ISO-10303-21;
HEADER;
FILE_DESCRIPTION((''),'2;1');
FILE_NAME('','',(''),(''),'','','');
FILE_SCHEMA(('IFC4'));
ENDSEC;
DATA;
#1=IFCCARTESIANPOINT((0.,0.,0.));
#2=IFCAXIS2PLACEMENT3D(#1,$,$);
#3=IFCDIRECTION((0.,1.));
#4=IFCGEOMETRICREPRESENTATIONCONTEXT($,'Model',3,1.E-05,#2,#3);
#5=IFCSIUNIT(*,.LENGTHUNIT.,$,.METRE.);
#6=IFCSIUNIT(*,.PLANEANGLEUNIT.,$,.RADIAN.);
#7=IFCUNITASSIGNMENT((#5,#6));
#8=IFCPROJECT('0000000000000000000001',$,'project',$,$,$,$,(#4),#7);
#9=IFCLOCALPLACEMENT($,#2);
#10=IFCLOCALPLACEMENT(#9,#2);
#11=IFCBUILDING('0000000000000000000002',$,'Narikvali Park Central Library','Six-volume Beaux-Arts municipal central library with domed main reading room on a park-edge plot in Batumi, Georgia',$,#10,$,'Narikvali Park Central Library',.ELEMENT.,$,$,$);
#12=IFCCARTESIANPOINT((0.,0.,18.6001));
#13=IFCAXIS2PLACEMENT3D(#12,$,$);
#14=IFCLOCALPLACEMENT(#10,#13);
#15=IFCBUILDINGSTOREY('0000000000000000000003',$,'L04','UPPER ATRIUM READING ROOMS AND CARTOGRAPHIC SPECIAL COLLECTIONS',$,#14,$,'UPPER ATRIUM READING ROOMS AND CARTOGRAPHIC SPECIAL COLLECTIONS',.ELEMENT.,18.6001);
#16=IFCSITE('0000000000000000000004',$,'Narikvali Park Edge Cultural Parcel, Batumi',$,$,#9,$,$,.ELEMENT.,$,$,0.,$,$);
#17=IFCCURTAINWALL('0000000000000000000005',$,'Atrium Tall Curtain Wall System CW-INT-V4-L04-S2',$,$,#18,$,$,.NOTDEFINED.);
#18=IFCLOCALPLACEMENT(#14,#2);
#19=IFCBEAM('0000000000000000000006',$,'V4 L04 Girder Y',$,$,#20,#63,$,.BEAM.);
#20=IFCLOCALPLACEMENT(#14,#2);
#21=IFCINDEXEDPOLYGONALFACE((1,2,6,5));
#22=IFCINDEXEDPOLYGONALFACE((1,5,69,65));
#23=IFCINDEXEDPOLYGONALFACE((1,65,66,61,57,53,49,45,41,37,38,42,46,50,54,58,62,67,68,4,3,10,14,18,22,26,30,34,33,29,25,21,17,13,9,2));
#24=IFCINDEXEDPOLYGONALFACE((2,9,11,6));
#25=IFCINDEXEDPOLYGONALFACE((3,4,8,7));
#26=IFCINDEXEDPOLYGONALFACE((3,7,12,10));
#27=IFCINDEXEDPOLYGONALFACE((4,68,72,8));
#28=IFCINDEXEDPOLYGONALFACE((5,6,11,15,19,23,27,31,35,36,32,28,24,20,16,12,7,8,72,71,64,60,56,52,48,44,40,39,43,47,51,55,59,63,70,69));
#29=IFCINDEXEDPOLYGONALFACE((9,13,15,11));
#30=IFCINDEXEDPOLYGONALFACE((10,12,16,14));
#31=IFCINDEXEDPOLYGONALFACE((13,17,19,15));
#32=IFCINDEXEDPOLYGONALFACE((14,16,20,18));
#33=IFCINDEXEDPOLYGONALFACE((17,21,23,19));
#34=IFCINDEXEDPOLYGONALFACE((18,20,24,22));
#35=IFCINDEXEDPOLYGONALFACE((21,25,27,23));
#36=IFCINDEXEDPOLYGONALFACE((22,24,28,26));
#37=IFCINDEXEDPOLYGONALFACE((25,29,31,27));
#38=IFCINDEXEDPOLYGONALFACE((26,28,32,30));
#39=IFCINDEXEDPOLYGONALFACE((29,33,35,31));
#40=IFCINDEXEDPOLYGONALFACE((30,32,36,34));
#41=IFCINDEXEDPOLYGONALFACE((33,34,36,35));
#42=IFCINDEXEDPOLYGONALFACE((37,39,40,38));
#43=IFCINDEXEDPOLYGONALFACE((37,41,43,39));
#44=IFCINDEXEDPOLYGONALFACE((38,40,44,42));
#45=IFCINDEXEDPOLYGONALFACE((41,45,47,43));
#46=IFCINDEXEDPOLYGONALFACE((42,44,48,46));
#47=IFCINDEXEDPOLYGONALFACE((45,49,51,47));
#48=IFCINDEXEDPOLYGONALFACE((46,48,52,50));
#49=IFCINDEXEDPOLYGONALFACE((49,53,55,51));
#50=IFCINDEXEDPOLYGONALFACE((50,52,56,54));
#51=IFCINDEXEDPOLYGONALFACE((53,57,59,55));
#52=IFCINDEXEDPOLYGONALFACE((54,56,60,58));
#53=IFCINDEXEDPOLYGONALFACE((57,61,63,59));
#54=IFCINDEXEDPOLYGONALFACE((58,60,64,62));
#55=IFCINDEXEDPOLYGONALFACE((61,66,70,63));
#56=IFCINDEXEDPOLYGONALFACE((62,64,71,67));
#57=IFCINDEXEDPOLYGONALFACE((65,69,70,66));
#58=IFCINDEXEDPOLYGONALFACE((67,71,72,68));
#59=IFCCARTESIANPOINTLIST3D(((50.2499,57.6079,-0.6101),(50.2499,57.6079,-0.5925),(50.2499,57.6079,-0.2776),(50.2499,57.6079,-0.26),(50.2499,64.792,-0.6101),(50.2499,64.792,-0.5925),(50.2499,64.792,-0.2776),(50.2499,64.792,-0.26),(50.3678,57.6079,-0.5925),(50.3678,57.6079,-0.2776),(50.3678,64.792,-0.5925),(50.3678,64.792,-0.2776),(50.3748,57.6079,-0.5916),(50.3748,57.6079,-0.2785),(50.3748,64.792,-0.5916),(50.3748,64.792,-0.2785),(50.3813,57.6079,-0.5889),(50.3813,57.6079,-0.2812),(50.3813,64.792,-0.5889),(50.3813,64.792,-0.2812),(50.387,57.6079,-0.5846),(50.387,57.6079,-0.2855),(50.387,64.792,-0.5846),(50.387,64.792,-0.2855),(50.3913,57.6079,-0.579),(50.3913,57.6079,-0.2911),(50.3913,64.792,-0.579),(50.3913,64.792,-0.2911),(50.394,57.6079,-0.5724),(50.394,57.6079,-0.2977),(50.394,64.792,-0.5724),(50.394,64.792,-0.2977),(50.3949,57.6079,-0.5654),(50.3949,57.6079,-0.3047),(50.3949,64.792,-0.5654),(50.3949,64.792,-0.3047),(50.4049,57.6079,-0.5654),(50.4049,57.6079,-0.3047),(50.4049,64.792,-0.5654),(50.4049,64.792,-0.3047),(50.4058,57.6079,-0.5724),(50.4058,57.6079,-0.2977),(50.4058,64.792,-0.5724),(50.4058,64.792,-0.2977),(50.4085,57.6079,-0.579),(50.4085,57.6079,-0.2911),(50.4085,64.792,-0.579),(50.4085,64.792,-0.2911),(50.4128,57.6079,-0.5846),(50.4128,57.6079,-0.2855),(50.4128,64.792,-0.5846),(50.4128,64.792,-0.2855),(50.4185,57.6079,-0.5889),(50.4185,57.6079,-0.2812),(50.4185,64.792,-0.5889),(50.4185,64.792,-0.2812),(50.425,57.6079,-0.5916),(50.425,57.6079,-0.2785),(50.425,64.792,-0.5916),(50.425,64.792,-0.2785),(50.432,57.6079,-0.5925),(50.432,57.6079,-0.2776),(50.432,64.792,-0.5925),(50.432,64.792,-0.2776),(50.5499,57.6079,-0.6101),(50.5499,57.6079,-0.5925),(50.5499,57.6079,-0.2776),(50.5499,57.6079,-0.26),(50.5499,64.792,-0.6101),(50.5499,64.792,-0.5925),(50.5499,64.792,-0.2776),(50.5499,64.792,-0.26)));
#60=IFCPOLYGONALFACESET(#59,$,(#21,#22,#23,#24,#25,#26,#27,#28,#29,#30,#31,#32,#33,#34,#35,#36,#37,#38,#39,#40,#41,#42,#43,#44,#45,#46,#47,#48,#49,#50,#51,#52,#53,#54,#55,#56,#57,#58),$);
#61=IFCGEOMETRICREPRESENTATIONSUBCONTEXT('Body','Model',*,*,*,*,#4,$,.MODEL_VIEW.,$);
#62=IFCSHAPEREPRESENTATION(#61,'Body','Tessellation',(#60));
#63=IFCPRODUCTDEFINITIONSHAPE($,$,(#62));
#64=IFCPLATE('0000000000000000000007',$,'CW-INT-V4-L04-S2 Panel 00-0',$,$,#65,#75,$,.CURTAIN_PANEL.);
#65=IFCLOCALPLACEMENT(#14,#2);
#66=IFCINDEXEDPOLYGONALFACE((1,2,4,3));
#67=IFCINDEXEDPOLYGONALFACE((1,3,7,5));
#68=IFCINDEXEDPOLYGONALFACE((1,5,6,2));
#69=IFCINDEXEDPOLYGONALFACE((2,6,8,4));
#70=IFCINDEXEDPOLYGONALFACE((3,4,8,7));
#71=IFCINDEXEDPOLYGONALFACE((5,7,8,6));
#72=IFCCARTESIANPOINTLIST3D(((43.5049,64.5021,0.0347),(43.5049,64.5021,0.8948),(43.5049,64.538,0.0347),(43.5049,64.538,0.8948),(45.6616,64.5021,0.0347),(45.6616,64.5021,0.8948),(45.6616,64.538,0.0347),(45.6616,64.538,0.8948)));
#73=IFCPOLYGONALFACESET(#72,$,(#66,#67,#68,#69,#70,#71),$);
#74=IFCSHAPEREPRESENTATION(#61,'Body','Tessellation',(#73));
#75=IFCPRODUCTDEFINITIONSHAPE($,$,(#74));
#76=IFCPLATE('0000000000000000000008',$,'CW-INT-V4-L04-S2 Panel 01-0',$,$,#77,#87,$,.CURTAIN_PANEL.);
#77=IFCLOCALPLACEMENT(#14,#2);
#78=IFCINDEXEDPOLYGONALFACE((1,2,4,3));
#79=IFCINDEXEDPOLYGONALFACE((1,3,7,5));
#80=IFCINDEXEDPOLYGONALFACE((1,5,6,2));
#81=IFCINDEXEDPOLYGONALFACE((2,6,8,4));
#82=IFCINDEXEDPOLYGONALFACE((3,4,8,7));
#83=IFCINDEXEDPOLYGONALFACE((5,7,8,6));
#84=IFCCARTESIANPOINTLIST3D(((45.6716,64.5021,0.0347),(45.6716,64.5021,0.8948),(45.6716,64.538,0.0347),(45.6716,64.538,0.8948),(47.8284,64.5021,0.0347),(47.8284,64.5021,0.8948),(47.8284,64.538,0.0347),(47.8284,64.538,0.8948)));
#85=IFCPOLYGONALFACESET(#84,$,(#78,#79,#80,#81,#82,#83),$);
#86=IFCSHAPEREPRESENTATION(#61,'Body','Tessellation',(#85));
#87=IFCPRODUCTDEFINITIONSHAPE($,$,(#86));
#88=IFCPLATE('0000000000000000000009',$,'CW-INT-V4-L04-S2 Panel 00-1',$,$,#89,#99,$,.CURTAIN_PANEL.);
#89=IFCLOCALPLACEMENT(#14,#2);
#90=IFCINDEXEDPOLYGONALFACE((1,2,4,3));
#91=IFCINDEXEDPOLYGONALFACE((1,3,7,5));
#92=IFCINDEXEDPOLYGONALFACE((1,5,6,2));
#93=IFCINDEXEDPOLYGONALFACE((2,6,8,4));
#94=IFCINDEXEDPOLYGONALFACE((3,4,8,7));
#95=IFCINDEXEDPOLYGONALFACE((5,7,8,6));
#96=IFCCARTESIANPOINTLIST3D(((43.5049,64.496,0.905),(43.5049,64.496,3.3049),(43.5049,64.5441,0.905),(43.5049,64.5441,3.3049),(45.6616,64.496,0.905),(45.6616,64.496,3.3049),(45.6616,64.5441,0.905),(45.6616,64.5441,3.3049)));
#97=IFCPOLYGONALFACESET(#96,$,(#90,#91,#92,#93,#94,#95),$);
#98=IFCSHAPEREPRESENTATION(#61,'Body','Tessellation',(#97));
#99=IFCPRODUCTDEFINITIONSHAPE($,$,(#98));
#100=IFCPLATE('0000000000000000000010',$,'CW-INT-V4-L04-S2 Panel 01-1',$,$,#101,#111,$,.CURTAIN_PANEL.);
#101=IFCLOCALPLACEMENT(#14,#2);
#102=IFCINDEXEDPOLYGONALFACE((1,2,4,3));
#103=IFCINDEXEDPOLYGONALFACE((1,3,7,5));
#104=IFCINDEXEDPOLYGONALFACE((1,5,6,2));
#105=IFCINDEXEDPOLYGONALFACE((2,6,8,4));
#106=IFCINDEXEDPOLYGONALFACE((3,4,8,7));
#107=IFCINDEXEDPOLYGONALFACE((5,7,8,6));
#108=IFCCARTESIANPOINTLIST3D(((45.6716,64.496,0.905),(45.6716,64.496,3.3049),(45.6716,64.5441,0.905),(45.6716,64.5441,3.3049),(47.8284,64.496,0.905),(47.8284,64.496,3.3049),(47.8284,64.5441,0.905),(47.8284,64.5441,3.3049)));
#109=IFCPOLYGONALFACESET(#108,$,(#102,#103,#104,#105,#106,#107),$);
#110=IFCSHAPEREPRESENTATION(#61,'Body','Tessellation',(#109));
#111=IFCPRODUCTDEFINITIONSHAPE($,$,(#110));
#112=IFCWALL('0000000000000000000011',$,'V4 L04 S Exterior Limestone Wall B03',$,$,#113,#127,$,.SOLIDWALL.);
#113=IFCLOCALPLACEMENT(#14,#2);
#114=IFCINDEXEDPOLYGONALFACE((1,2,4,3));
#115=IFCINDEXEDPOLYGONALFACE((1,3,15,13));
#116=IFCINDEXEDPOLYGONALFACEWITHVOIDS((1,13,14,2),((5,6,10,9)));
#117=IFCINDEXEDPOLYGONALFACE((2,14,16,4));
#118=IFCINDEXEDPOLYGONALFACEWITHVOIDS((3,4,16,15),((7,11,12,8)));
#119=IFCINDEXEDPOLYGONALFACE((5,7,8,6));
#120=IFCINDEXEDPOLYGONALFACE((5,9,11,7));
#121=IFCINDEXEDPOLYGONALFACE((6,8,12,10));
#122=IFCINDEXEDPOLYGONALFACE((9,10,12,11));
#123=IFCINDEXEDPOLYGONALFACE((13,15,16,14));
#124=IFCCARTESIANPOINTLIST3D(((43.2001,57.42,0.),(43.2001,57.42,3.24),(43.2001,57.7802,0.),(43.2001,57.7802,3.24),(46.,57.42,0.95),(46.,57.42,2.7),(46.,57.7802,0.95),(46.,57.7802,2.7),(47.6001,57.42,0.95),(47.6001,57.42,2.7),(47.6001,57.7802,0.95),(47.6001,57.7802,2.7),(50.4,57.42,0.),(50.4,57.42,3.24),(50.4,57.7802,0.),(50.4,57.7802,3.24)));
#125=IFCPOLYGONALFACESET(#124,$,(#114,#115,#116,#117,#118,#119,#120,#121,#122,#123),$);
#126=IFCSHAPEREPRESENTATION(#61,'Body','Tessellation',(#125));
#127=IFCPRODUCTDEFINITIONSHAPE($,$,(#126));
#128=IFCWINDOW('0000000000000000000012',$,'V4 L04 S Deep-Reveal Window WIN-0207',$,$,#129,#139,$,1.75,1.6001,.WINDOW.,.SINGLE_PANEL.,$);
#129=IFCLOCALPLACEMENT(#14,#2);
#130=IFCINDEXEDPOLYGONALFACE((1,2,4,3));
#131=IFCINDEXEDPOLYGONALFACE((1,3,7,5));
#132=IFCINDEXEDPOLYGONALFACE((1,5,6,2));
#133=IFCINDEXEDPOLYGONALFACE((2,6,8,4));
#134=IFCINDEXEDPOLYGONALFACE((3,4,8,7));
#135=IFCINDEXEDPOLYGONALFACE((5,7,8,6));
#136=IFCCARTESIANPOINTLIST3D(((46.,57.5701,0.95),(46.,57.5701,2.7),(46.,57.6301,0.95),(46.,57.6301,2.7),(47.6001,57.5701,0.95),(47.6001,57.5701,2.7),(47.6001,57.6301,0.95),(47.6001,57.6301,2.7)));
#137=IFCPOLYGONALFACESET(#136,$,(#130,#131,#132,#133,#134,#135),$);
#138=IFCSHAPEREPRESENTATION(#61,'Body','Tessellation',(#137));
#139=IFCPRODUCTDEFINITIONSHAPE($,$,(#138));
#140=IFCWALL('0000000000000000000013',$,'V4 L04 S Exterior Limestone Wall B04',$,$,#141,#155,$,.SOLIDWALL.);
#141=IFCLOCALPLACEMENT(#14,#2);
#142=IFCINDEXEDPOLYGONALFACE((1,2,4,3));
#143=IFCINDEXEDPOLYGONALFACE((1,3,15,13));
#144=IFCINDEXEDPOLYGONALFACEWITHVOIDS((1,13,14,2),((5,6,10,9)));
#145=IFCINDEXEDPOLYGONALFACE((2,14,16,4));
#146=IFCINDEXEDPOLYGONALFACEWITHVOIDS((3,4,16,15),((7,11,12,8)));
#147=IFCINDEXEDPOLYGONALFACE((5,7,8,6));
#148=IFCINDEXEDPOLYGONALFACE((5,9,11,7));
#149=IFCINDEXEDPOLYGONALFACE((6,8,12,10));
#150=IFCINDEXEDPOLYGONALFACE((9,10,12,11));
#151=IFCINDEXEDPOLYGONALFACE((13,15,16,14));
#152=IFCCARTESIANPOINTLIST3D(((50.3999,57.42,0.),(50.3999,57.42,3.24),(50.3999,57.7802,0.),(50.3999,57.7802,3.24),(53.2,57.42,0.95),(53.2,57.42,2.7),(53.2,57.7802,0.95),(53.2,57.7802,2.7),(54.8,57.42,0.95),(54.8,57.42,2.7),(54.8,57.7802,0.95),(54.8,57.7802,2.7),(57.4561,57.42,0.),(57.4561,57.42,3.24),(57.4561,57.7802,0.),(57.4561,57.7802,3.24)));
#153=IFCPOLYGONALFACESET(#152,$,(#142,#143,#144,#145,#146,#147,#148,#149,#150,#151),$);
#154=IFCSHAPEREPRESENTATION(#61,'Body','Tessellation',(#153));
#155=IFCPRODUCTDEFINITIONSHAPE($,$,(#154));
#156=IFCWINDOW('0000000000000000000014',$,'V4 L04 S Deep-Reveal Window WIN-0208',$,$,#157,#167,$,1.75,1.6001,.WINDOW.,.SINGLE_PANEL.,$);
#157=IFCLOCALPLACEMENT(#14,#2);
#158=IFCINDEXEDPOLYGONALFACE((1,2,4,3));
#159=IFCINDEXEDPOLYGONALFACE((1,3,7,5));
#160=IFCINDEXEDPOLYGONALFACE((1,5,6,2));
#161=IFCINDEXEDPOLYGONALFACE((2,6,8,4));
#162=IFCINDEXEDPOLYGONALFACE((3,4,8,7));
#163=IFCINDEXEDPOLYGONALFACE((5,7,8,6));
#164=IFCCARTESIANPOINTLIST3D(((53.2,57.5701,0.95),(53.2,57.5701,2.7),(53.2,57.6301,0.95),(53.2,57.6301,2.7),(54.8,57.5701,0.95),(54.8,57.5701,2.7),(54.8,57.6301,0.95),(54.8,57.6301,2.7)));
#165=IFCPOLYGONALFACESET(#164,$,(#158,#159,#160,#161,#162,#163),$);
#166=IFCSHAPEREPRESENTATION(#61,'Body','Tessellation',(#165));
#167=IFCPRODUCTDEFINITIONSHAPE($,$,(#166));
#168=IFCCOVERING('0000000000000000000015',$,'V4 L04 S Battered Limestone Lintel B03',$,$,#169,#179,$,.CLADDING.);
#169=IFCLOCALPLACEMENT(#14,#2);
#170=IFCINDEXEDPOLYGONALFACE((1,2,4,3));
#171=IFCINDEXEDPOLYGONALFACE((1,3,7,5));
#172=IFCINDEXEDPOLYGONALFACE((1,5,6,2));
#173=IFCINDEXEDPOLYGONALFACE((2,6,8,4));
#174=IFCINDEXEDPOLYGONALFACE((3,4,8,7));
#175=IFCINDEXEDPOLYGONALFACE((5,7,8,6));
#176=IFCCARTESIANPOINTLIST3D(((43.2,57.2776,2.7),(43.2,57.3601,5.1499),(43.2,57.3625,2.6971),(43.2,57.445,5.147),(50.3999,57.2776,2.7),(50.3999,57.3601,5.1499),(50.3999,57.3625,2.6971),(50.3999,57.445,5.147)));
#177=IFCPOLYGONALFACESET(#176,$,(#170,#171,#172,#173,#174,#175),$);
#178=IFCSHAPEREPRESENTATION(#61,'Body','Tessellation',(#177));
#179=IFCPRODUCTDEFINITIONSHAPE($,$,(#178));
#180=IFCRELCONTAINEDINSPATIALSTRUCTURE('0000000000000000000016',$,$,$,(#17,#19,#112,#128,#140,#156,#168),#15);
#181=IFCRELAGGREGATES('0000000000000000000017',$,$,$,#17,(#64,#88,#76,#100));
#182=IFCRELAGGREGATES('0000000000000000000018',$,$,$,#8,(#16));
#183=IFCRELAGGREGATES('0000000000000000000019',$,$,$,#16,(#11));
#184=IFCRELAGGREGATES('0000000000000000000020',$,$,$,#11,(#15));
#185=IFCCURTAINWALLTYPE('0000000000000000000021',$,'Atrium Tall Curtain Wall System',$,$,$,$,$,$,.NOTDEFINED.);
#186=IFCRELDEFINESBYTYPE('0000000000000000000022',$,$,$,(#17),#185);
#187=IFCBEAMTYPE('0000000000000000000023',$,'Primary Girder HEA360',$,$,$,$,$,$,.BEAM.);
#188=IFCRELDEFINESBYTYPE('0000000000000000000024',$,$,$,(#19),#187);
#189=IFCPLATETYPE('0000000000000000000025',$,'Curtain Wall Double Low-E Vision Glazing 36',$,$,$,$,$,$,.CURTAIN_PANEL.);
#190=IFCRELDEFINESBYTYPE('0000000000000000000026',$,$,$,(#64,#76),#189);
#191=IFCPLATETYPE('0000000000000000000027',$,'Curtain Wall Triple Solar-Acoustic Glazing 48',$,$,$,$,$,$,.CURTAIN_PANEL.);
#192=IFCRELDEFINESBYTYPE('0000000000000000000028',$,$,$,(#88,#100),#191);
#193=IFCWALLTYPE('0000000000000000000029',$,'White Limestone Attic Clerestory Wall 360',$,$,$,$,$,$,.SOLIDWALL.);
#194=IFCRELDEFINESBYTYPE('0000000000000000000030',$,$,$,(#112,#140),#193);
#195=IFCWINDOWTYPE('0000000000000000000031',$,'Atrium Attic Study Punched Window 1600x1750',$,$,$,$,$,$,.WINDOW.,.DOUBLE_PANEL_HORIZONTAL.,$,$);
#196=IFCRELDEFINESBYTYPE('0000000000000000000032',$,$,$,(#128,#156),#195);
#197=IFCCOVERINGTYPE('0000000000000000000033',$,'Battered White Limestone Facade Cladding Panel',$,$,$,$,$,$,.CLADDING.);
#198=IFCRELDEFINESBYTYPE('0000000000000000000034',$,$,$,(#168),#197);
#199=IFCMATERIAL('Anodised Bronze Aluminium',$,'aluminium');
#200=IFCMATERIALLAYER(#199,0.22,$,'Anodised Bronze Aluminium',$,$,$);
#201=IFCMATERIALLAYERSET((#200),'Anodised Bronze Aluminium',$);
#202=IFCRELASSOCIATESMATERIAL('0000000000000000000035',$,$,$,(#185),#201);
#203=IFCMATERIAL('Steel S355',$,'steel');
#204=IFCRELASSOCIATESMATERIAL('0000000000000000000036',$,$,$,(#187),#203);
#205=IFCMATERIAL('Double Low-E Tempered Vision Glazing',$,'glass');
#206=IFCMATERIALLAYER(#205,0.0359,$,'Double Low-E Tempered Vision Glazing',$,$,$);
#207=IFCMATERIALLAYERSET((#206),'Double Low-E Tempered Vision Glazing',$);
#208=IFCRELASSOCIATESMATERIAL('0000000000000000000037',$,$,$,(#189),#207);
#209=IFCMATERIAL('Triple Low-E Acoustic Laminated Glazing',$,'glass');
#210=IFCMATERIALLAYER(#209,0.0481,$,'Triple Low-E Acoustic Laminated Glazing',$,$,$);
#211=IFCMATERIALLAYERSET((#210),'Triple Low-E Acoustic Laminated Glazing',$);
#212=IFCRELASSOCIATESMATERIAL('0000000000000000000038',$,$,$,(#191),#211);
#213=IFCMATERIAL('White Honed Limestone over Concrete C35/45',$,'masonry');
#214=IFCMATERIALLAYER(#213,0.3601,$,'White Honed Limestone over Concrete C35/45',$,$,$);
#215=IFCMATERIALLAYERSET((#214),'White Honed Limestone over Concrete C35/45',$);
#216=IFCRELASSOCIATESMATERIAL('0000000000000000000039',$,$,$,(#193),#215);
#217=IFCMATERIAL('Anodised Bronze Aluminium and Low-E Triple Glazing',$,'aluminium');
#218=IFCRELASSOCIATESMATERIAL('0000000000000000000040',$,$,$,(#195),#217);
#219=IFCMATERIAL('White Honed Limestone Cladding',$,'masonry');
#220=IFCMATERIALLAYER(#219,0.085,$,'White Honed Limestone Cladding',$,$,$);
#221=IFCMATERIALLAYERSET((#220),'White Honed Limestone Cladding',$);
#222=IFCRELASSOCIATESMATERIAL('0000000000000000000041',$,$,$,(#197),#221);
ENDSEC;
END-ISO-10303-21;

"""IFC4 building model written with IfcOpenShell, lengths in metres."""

from ifc_helpers import new_model, si_unit, direction, frame, frame_2d, origin, origin_2d, place, context, subcontext, project, spatial, polyline, rectangle, i_section, outline, extrude, material, layer, layer_set, material_profile, profile_set, type_object, element, fill, aggregate, save


model = new_model("IFC4")

# Units and contexts
model_context = context("Model", 3, precision=1e-05, world=origin(), true_north=direction((0.0, 1.0)))
body_context = subcontext(model_context, "Body", "Model", "MODEL_VIEW")
ifc_project = project(units=[si_unit("LENGTHUNIT", "METRE"), si_unit("PLANEANGLEUNIT", "RADIAN")], contexts=[model_context])

# Site, building, storey
site_placement = place(None, origin())
site = spatial("IfcSite", under=ifc_project, at=site_placement, Name="Narikvali Park Edge Cultural Parcel, Batumi", CompositionType="ELEMENT", RefElevation=0.0)
building_placement = place(site_placement, origin())
building = spatial("IfcBuilding", under=site, at=building_placement, Name="Narikvali Park Central Library", Description="Six-volume Beaux-Arts municipal central library with domed main reading room on a park-edge plot in Batumi, Georgia", LongName="Narikvali Park Central Library", CompositionType="ELEMENT")
storey_placement = place(building_placement, frame((0.0, 0.0, 18.6001)))
storey = spatial("IfcBuildingStorey", under=building, at=storey_placement, Name="L04", Description="UPPER ATRIUM READING ROOMS AND CARTOGRAPHIC SPECIAL COLLECTIONS", LongName="UPPER ATRIUM READING ROOMS AND CARTOGRAPHIC SPECIAL COLLECTIONS", CompositionType="ELEMENT", Elevation=18.6001)

# Shared definitions
ifc_material_1 = material(Name="Steel S355", Category="steel")

# Curtain wall
ifc_material_2 = material(Name="Anodised Bronze Aluminium", Category="aluminium")
ifc_layer_1 = layer(ifc_material_2, 0.22, Name="Anodised Bronze Aluminium")
ifc_layer_set_1 = layer_set([ifc_layer_1], Name="Anodised Bronze Aluminium")
curtain_wall_type = type_object("IfcCurtainWallType", Name="Atrium Tall Curtain Wall System", PredefinedType="NOTDEFINED", material=ifc_layer_set_1)
curtain_wall_placement = place(storey_placement, origin())
curtain_wall = element("IfcCurtainWall", 1, at=curtain_wall_placement, inside=storey, type_object=curtain_wall_type, Name="Atrium Tall Curtain Wall System CW-INT-V4-L04-S2", PredefinedType="NOTDEFINED")

# Beam
ifc_material_profile_1 = material_profile(ifc_material_1, i_section(OverallWidth=0.3, OverallDepth=0.3501, WebThickness=0.01, FlangeThickness=0.0176, FilletRadius=0.0271, at=origin_2d()), Name="HEA 360")
ifc_profile_set_1 = profile_set([ifc_material_profile_1], Name="Steel S355")
beam_type_1 = type_object("IfcBeamType", Name="Primary Girder HEA360", PredefinedType="BEAM", material=ifc_profile_set_1)
for number, where, z_axis, x_axis, name in (
    (2, (50.3999, 57.6079, -0.4351), (0.0, 1.0, 0.0), (-1.0, 0.0, 0.0), "V4 L04 Girder Y"),
):
    element("IfcBeam", number, at=place(storey_placement, frame(where, z_axis=z_axis, x_axis=x_axis)), inside=storey, type_object=beam_type_1, Name=name, PredefinedType="BEAM", context=body_context, shape_type="SweptSolid", body=[
        extrude(i_section(OverallWidth=0.3, OverallDepth=0.3501, WebThickness=0.01, FlangeThickness=0.0176, FilletRadius=0.0271, at=origin_2d()), origin(), (0.0, 0.0, 1.0), 7.1841),
    ])

# Plates
ifc_material_3 = material(Name="Double Low-E Tempered Vision Glazing", Category="glass")
ifc_layer_2 = layer(ifc_material_3, 0.0359, Name="Double Low-E Tempered Vision Glazing")
ifc_layer_set_2 = layer_set([ifc_layer_2], Name="Double Low-E Tempered Vision Glazing")
plate_type_1 = type_object("IfcPlateType", Name="Curtain Wall Double Low-E Vision Glazing 36", PredefinedType="CURTAIN_PANEL", material=ifc_layer_set_2)
plate_1_placement = place(storey_placement, frame((44.5833, 64.52, 0.0347), z_axis=(0.0, 0.0, 1.0), x_axis=(1.0, 0.0, 0.0)))
plate_1 = element("IfcPlate", 3, at=plate_1_placement, type_object=plate_type_1, Name="CW-INT-V4-L04-S2 Panel 00-0", PredefinedType="CURTAIN_PANEL", context=body_context, shape_type="SweptSolid", body=[
    extrude(rectangle(XDim=2.1567, YDim=0.0359, at=origin_2d()), origin(), (0.0, 0.0, 1.0), 0.8601),
])
plate_2_placement = place(storey_placement, frame((46.75, 64.52, 0.0347), z_axis=(0.0, 0.0, 1.0), x_axis=(1.0, 0.0, 0.0)))
plate_2 = element("IfcPlate", 4, at=plate_2_placement, type_object=plate_type_1, Name="CW-INT-V4-L04-S2 Panel 01-0", PredefinedType="CURTAIN_PANEL", context=body_context, shape_type="SweptSolid", body=[
    extrude(rectangle(XDim=2.1567, YDim=0.0359, at=origin_2d()), origin(), (0.0, 0.0, 1.0), 0.8601),
])
ifc_material_4 = material(Name="Triple Low-E Acoustic Laminated Glazing", Category="glass")
ifc_layer_3 = layer(ifc_material_4, 0.0481, Name="Triple Low-E Acoustic Laminated Glazing")
ifc_layer_set_3 = layer_set([ifc_layer_3], Name="Triple Low-E Acoustic Laminated Glazing")
plate_type_2 = type_object("IfcPlateType", Name="Curtain Wall Triple Solar-Acoustic Glazing 48", PredefinedType="CURTAIN_PANEL", material=ifc_layer_set_3)
plate_3_placement = place(storey_placement, frame((44.5833, 64.52, 0.905), z_axis=(0.0, 0.0, 1.0), x_axis=(1.0, 0.0, 0.0)))
plate_3 = element("IfcPlate", 5, at=plate_3_placement, type_object=plate_type_2, Name="CW-INT-V4-L04-S2 Panel 00-1", PredefinedType="CURTAIN_PANEL", context=body_context, shape_type="SweptSolid", body=[
    extrude(rectangle(XDim=2.1567, YDim=0.0481, at=origin_2d()), origin(), (0.0, 0.0, 1.0), 2.3999),
])
plate_4_placement = place(storey_placement, frame((46.75, 64.52, 0.905), z_axis=(0.0, 0.0, 1.0), x_axis=(1.0, 0.0, 0.0)))
plate_4 = element("IfcPlate", 6, at=plate_4_placement, type_object=plate_type_2, Name="CW-INT-V4-L04-S2 Panel 01-1", PredefinedType="CURTAIN_PANEL", context=body_context, shape_type="SweptSolid", body=[
    extrude(rectangle(XDim=2.1567, YDim=0.0481, at=origin_2d()), origin(), (0.0, 0.0, 1.0), 2.3999),
])
aggregate(curtain_wall, [plate_1, plate_3, plate_2, plate_4])

# Walls, openings, windows
ifc_material_5 = material(Name="White Honed Limestone over Concrete C35/45", Category="masonry")
ifc_layer_4 = layer(ifc_material_5, 0.3601, Name="White Honed Limestone over Concrete C35/45")
ifc_layer_set_4 = layer_set([ifc_layer_4], Name="White Honed Limestone over Concrete C35/45")
wall_type = type_object("IfcWallType", Name="White Limestone Attic Clerestory Wall 360", PredefinedType="SOLIDWALL", material=ifc_layer_set_4)
wall_1_placement = place(storey_placement, frame((43.2, 57.6001, 0.0), z_axis=(0.0, 0.0, 1.0), x_axis=(1.0, 0.0, 0.0)))
wall_1 = element("IfcWall", 7, at=wall_1_placement, inside=storey, type_object=wall_type, Name="V4 L04 S Exterior Limestone Wall B03", PredefinedType="SOLIDWALL", context=body_context, shape_type="SweptSolid", body=[
    extrude(rectangle(XDim=7.2, YDim=0.3601, at=frame_2d((3.6001, 0.0))), origin(), (0.0, 0.0, 1.0), 3.24),
])
opening_1_placement = place(wall_1_placement, frame((2.8, 0.0, 0.95)))
opening_1 = element("IfcOpeningElement", 8, at=opening_1_placement, cuts=wall_1, PredefinedType="OPENING", context=body_context, shape_type="SweptSolid", body=[
    extrude(rectangle(XDim=1.6001, YDim=1.75, at=frame_2d((0.8, 0.875))), frame((0.0, 0.1919, 0.0), z_axis=(0.0, -1.0, 0.0), x_axis=(1.0, 0.0, 0.0)), (0.0, 0.0, 1.0), 0.384),
])
ifc_material_6 = material(Name="Anodised Bronze Aluminium and Low-E Triple Glazing", Category="aluminium")
window_type = type_object("IfcWindowType", Name="Atrium Attic Study Punched Window 1600x1750", PartitioningType="DOUBLE_PANEL_HORIZONTAL", PredefinedType="WINDOW", material=ifc_material_6)
window_1_placement = place(opening_1_placement, origin())
window_1 = element("IfcWindow", 9, at=window_1_placement, inside=storey, type_object=window_type, Name="V4 L04 S Deep-Reveal Window WIN-0207", OverallHeight=1.75, OverallWidth=1.6001, PartitioningType="SINGLE_PANEL", PredefinedType="WINDOW", context=body_context, shape_type="SweptSolid", body=[
    extrude(rectangle(XDim=1.6001, YDim=1.75, at=frame_2d((0.8, 0.875))), frame((0.0, 0.03, 0.0), z_axis=(0.0, -1.0, 0.0), x_axis=(1.0, 0.0, 0.0)), (0.0, 0.0, 1.0), 0.0601),
])
fill(opening_1, window_1)
wall_2_placement = place(storey_placement, frame((50.3999, 57.6001, 0.0), z_axis=(0.0, 0.0, 1.0), x_axis=(1.0, 0.0, 0.0)))
wall_2 = element("IfcWall", 10, at=wall_2_placement, inside=storey, type_object=wall_type, Name="V4 L04 S Exterior Limestone Wall B04", PredefinedType="SOLIDWALL", context=body_context, shape_type="SweptSolid", body=[
    extrude(rectangle(XDim=7.0562, YDim=0.3601, at=frame_2d((3.5281, 0.0))), origin(), (0.0, 0.0, 1.0), 3.24),
])
opening_2_placement = place(wall_2_placement, frame((2.8, 0.0, 0.95)))
opening_2 = element("IfcOpeningElement", 11, at=opening_2_placement, cuts=wall_2, PredefinedType="OPENING", context=body_context, shape_type="SweptSolid", body=[
    extrude(rectangle(XDim=1.6001, YDim=1.75, at=frame_2d((0.8, 0.875))), frame((0.0, 0.1919, 0.0), z_axis=(0.0, -1.0, 0.0), x_axis=(1.0, 0.0, 0.0)), (0.0, 0.0, 1.0), 0.384),
])
window_2_placement = place(opening_2_placement, origin())
window_2 = element("IfcWindow", 12, at=window_2_placement, inside=storey, type_object=window_type, Name="V4 L04 S Deep-Reveal Window WIN-0208", OverallHeight=1.75, OverallWidth=1.6001, PartitioningType="SINGLE_PANEL", PredefinedType="WINDOW", context=body_context, shape_type="SweptSolid", body=[
    extrude(rectangle(XDim=1.6001, YDim=1.75, at=frame_2d((0.8, 0.875))), frame((0.0, 0.03, 0.0), z_axis=(0.0, -1.0, 0.0), x_axis=(1.0, 0.0, 0.0)), (0.0, 0.0, 1.0), 0.0601),
])
fill(opening_2, window_2)

# Covering
ifc_material_7 = material(Name="White Honed Limestone Cladding", Category="masonry")
ifc_layer_5 = layer(ifc_material_7, 0.085, Name="White Honed Limestone Cladding")
ifc_layer_set_5 = layer_set([ifc_layer_5], Name="White Honed Limestone Cladding")
covering_type = type_object("IfcCoveringType", Name="Battered White Limestone Facade Cladding Panel", PredefinedType="CLADDING", material=ifc_layer_set_5)
covering_1_placement = place(storey_placement, frame((43.2, 57.2776, 2.7), z_axis=(0.0, -0.999433, 0.033663), x_axis=(1.0, 0.0, 0.0)))
element("IfcCovering", 13, at=covering_1_placement, inside=storey, type_object=covering_type, Name="V4 L04 S Battered Limestone Lintel B03", PredefinedType="CLADDING", context=body_context, shape_type="SweptSolid", body=[
    extrude(outline(polyline([(0.0, 0.0), (7.2, 0.0), (7.2, 2.4513), (0.0, 2.4513), (0.0, 0.0)])), origin(), (0.0, 0.0, -1.0), 0.085),
])

save(model, "model.ifc")
